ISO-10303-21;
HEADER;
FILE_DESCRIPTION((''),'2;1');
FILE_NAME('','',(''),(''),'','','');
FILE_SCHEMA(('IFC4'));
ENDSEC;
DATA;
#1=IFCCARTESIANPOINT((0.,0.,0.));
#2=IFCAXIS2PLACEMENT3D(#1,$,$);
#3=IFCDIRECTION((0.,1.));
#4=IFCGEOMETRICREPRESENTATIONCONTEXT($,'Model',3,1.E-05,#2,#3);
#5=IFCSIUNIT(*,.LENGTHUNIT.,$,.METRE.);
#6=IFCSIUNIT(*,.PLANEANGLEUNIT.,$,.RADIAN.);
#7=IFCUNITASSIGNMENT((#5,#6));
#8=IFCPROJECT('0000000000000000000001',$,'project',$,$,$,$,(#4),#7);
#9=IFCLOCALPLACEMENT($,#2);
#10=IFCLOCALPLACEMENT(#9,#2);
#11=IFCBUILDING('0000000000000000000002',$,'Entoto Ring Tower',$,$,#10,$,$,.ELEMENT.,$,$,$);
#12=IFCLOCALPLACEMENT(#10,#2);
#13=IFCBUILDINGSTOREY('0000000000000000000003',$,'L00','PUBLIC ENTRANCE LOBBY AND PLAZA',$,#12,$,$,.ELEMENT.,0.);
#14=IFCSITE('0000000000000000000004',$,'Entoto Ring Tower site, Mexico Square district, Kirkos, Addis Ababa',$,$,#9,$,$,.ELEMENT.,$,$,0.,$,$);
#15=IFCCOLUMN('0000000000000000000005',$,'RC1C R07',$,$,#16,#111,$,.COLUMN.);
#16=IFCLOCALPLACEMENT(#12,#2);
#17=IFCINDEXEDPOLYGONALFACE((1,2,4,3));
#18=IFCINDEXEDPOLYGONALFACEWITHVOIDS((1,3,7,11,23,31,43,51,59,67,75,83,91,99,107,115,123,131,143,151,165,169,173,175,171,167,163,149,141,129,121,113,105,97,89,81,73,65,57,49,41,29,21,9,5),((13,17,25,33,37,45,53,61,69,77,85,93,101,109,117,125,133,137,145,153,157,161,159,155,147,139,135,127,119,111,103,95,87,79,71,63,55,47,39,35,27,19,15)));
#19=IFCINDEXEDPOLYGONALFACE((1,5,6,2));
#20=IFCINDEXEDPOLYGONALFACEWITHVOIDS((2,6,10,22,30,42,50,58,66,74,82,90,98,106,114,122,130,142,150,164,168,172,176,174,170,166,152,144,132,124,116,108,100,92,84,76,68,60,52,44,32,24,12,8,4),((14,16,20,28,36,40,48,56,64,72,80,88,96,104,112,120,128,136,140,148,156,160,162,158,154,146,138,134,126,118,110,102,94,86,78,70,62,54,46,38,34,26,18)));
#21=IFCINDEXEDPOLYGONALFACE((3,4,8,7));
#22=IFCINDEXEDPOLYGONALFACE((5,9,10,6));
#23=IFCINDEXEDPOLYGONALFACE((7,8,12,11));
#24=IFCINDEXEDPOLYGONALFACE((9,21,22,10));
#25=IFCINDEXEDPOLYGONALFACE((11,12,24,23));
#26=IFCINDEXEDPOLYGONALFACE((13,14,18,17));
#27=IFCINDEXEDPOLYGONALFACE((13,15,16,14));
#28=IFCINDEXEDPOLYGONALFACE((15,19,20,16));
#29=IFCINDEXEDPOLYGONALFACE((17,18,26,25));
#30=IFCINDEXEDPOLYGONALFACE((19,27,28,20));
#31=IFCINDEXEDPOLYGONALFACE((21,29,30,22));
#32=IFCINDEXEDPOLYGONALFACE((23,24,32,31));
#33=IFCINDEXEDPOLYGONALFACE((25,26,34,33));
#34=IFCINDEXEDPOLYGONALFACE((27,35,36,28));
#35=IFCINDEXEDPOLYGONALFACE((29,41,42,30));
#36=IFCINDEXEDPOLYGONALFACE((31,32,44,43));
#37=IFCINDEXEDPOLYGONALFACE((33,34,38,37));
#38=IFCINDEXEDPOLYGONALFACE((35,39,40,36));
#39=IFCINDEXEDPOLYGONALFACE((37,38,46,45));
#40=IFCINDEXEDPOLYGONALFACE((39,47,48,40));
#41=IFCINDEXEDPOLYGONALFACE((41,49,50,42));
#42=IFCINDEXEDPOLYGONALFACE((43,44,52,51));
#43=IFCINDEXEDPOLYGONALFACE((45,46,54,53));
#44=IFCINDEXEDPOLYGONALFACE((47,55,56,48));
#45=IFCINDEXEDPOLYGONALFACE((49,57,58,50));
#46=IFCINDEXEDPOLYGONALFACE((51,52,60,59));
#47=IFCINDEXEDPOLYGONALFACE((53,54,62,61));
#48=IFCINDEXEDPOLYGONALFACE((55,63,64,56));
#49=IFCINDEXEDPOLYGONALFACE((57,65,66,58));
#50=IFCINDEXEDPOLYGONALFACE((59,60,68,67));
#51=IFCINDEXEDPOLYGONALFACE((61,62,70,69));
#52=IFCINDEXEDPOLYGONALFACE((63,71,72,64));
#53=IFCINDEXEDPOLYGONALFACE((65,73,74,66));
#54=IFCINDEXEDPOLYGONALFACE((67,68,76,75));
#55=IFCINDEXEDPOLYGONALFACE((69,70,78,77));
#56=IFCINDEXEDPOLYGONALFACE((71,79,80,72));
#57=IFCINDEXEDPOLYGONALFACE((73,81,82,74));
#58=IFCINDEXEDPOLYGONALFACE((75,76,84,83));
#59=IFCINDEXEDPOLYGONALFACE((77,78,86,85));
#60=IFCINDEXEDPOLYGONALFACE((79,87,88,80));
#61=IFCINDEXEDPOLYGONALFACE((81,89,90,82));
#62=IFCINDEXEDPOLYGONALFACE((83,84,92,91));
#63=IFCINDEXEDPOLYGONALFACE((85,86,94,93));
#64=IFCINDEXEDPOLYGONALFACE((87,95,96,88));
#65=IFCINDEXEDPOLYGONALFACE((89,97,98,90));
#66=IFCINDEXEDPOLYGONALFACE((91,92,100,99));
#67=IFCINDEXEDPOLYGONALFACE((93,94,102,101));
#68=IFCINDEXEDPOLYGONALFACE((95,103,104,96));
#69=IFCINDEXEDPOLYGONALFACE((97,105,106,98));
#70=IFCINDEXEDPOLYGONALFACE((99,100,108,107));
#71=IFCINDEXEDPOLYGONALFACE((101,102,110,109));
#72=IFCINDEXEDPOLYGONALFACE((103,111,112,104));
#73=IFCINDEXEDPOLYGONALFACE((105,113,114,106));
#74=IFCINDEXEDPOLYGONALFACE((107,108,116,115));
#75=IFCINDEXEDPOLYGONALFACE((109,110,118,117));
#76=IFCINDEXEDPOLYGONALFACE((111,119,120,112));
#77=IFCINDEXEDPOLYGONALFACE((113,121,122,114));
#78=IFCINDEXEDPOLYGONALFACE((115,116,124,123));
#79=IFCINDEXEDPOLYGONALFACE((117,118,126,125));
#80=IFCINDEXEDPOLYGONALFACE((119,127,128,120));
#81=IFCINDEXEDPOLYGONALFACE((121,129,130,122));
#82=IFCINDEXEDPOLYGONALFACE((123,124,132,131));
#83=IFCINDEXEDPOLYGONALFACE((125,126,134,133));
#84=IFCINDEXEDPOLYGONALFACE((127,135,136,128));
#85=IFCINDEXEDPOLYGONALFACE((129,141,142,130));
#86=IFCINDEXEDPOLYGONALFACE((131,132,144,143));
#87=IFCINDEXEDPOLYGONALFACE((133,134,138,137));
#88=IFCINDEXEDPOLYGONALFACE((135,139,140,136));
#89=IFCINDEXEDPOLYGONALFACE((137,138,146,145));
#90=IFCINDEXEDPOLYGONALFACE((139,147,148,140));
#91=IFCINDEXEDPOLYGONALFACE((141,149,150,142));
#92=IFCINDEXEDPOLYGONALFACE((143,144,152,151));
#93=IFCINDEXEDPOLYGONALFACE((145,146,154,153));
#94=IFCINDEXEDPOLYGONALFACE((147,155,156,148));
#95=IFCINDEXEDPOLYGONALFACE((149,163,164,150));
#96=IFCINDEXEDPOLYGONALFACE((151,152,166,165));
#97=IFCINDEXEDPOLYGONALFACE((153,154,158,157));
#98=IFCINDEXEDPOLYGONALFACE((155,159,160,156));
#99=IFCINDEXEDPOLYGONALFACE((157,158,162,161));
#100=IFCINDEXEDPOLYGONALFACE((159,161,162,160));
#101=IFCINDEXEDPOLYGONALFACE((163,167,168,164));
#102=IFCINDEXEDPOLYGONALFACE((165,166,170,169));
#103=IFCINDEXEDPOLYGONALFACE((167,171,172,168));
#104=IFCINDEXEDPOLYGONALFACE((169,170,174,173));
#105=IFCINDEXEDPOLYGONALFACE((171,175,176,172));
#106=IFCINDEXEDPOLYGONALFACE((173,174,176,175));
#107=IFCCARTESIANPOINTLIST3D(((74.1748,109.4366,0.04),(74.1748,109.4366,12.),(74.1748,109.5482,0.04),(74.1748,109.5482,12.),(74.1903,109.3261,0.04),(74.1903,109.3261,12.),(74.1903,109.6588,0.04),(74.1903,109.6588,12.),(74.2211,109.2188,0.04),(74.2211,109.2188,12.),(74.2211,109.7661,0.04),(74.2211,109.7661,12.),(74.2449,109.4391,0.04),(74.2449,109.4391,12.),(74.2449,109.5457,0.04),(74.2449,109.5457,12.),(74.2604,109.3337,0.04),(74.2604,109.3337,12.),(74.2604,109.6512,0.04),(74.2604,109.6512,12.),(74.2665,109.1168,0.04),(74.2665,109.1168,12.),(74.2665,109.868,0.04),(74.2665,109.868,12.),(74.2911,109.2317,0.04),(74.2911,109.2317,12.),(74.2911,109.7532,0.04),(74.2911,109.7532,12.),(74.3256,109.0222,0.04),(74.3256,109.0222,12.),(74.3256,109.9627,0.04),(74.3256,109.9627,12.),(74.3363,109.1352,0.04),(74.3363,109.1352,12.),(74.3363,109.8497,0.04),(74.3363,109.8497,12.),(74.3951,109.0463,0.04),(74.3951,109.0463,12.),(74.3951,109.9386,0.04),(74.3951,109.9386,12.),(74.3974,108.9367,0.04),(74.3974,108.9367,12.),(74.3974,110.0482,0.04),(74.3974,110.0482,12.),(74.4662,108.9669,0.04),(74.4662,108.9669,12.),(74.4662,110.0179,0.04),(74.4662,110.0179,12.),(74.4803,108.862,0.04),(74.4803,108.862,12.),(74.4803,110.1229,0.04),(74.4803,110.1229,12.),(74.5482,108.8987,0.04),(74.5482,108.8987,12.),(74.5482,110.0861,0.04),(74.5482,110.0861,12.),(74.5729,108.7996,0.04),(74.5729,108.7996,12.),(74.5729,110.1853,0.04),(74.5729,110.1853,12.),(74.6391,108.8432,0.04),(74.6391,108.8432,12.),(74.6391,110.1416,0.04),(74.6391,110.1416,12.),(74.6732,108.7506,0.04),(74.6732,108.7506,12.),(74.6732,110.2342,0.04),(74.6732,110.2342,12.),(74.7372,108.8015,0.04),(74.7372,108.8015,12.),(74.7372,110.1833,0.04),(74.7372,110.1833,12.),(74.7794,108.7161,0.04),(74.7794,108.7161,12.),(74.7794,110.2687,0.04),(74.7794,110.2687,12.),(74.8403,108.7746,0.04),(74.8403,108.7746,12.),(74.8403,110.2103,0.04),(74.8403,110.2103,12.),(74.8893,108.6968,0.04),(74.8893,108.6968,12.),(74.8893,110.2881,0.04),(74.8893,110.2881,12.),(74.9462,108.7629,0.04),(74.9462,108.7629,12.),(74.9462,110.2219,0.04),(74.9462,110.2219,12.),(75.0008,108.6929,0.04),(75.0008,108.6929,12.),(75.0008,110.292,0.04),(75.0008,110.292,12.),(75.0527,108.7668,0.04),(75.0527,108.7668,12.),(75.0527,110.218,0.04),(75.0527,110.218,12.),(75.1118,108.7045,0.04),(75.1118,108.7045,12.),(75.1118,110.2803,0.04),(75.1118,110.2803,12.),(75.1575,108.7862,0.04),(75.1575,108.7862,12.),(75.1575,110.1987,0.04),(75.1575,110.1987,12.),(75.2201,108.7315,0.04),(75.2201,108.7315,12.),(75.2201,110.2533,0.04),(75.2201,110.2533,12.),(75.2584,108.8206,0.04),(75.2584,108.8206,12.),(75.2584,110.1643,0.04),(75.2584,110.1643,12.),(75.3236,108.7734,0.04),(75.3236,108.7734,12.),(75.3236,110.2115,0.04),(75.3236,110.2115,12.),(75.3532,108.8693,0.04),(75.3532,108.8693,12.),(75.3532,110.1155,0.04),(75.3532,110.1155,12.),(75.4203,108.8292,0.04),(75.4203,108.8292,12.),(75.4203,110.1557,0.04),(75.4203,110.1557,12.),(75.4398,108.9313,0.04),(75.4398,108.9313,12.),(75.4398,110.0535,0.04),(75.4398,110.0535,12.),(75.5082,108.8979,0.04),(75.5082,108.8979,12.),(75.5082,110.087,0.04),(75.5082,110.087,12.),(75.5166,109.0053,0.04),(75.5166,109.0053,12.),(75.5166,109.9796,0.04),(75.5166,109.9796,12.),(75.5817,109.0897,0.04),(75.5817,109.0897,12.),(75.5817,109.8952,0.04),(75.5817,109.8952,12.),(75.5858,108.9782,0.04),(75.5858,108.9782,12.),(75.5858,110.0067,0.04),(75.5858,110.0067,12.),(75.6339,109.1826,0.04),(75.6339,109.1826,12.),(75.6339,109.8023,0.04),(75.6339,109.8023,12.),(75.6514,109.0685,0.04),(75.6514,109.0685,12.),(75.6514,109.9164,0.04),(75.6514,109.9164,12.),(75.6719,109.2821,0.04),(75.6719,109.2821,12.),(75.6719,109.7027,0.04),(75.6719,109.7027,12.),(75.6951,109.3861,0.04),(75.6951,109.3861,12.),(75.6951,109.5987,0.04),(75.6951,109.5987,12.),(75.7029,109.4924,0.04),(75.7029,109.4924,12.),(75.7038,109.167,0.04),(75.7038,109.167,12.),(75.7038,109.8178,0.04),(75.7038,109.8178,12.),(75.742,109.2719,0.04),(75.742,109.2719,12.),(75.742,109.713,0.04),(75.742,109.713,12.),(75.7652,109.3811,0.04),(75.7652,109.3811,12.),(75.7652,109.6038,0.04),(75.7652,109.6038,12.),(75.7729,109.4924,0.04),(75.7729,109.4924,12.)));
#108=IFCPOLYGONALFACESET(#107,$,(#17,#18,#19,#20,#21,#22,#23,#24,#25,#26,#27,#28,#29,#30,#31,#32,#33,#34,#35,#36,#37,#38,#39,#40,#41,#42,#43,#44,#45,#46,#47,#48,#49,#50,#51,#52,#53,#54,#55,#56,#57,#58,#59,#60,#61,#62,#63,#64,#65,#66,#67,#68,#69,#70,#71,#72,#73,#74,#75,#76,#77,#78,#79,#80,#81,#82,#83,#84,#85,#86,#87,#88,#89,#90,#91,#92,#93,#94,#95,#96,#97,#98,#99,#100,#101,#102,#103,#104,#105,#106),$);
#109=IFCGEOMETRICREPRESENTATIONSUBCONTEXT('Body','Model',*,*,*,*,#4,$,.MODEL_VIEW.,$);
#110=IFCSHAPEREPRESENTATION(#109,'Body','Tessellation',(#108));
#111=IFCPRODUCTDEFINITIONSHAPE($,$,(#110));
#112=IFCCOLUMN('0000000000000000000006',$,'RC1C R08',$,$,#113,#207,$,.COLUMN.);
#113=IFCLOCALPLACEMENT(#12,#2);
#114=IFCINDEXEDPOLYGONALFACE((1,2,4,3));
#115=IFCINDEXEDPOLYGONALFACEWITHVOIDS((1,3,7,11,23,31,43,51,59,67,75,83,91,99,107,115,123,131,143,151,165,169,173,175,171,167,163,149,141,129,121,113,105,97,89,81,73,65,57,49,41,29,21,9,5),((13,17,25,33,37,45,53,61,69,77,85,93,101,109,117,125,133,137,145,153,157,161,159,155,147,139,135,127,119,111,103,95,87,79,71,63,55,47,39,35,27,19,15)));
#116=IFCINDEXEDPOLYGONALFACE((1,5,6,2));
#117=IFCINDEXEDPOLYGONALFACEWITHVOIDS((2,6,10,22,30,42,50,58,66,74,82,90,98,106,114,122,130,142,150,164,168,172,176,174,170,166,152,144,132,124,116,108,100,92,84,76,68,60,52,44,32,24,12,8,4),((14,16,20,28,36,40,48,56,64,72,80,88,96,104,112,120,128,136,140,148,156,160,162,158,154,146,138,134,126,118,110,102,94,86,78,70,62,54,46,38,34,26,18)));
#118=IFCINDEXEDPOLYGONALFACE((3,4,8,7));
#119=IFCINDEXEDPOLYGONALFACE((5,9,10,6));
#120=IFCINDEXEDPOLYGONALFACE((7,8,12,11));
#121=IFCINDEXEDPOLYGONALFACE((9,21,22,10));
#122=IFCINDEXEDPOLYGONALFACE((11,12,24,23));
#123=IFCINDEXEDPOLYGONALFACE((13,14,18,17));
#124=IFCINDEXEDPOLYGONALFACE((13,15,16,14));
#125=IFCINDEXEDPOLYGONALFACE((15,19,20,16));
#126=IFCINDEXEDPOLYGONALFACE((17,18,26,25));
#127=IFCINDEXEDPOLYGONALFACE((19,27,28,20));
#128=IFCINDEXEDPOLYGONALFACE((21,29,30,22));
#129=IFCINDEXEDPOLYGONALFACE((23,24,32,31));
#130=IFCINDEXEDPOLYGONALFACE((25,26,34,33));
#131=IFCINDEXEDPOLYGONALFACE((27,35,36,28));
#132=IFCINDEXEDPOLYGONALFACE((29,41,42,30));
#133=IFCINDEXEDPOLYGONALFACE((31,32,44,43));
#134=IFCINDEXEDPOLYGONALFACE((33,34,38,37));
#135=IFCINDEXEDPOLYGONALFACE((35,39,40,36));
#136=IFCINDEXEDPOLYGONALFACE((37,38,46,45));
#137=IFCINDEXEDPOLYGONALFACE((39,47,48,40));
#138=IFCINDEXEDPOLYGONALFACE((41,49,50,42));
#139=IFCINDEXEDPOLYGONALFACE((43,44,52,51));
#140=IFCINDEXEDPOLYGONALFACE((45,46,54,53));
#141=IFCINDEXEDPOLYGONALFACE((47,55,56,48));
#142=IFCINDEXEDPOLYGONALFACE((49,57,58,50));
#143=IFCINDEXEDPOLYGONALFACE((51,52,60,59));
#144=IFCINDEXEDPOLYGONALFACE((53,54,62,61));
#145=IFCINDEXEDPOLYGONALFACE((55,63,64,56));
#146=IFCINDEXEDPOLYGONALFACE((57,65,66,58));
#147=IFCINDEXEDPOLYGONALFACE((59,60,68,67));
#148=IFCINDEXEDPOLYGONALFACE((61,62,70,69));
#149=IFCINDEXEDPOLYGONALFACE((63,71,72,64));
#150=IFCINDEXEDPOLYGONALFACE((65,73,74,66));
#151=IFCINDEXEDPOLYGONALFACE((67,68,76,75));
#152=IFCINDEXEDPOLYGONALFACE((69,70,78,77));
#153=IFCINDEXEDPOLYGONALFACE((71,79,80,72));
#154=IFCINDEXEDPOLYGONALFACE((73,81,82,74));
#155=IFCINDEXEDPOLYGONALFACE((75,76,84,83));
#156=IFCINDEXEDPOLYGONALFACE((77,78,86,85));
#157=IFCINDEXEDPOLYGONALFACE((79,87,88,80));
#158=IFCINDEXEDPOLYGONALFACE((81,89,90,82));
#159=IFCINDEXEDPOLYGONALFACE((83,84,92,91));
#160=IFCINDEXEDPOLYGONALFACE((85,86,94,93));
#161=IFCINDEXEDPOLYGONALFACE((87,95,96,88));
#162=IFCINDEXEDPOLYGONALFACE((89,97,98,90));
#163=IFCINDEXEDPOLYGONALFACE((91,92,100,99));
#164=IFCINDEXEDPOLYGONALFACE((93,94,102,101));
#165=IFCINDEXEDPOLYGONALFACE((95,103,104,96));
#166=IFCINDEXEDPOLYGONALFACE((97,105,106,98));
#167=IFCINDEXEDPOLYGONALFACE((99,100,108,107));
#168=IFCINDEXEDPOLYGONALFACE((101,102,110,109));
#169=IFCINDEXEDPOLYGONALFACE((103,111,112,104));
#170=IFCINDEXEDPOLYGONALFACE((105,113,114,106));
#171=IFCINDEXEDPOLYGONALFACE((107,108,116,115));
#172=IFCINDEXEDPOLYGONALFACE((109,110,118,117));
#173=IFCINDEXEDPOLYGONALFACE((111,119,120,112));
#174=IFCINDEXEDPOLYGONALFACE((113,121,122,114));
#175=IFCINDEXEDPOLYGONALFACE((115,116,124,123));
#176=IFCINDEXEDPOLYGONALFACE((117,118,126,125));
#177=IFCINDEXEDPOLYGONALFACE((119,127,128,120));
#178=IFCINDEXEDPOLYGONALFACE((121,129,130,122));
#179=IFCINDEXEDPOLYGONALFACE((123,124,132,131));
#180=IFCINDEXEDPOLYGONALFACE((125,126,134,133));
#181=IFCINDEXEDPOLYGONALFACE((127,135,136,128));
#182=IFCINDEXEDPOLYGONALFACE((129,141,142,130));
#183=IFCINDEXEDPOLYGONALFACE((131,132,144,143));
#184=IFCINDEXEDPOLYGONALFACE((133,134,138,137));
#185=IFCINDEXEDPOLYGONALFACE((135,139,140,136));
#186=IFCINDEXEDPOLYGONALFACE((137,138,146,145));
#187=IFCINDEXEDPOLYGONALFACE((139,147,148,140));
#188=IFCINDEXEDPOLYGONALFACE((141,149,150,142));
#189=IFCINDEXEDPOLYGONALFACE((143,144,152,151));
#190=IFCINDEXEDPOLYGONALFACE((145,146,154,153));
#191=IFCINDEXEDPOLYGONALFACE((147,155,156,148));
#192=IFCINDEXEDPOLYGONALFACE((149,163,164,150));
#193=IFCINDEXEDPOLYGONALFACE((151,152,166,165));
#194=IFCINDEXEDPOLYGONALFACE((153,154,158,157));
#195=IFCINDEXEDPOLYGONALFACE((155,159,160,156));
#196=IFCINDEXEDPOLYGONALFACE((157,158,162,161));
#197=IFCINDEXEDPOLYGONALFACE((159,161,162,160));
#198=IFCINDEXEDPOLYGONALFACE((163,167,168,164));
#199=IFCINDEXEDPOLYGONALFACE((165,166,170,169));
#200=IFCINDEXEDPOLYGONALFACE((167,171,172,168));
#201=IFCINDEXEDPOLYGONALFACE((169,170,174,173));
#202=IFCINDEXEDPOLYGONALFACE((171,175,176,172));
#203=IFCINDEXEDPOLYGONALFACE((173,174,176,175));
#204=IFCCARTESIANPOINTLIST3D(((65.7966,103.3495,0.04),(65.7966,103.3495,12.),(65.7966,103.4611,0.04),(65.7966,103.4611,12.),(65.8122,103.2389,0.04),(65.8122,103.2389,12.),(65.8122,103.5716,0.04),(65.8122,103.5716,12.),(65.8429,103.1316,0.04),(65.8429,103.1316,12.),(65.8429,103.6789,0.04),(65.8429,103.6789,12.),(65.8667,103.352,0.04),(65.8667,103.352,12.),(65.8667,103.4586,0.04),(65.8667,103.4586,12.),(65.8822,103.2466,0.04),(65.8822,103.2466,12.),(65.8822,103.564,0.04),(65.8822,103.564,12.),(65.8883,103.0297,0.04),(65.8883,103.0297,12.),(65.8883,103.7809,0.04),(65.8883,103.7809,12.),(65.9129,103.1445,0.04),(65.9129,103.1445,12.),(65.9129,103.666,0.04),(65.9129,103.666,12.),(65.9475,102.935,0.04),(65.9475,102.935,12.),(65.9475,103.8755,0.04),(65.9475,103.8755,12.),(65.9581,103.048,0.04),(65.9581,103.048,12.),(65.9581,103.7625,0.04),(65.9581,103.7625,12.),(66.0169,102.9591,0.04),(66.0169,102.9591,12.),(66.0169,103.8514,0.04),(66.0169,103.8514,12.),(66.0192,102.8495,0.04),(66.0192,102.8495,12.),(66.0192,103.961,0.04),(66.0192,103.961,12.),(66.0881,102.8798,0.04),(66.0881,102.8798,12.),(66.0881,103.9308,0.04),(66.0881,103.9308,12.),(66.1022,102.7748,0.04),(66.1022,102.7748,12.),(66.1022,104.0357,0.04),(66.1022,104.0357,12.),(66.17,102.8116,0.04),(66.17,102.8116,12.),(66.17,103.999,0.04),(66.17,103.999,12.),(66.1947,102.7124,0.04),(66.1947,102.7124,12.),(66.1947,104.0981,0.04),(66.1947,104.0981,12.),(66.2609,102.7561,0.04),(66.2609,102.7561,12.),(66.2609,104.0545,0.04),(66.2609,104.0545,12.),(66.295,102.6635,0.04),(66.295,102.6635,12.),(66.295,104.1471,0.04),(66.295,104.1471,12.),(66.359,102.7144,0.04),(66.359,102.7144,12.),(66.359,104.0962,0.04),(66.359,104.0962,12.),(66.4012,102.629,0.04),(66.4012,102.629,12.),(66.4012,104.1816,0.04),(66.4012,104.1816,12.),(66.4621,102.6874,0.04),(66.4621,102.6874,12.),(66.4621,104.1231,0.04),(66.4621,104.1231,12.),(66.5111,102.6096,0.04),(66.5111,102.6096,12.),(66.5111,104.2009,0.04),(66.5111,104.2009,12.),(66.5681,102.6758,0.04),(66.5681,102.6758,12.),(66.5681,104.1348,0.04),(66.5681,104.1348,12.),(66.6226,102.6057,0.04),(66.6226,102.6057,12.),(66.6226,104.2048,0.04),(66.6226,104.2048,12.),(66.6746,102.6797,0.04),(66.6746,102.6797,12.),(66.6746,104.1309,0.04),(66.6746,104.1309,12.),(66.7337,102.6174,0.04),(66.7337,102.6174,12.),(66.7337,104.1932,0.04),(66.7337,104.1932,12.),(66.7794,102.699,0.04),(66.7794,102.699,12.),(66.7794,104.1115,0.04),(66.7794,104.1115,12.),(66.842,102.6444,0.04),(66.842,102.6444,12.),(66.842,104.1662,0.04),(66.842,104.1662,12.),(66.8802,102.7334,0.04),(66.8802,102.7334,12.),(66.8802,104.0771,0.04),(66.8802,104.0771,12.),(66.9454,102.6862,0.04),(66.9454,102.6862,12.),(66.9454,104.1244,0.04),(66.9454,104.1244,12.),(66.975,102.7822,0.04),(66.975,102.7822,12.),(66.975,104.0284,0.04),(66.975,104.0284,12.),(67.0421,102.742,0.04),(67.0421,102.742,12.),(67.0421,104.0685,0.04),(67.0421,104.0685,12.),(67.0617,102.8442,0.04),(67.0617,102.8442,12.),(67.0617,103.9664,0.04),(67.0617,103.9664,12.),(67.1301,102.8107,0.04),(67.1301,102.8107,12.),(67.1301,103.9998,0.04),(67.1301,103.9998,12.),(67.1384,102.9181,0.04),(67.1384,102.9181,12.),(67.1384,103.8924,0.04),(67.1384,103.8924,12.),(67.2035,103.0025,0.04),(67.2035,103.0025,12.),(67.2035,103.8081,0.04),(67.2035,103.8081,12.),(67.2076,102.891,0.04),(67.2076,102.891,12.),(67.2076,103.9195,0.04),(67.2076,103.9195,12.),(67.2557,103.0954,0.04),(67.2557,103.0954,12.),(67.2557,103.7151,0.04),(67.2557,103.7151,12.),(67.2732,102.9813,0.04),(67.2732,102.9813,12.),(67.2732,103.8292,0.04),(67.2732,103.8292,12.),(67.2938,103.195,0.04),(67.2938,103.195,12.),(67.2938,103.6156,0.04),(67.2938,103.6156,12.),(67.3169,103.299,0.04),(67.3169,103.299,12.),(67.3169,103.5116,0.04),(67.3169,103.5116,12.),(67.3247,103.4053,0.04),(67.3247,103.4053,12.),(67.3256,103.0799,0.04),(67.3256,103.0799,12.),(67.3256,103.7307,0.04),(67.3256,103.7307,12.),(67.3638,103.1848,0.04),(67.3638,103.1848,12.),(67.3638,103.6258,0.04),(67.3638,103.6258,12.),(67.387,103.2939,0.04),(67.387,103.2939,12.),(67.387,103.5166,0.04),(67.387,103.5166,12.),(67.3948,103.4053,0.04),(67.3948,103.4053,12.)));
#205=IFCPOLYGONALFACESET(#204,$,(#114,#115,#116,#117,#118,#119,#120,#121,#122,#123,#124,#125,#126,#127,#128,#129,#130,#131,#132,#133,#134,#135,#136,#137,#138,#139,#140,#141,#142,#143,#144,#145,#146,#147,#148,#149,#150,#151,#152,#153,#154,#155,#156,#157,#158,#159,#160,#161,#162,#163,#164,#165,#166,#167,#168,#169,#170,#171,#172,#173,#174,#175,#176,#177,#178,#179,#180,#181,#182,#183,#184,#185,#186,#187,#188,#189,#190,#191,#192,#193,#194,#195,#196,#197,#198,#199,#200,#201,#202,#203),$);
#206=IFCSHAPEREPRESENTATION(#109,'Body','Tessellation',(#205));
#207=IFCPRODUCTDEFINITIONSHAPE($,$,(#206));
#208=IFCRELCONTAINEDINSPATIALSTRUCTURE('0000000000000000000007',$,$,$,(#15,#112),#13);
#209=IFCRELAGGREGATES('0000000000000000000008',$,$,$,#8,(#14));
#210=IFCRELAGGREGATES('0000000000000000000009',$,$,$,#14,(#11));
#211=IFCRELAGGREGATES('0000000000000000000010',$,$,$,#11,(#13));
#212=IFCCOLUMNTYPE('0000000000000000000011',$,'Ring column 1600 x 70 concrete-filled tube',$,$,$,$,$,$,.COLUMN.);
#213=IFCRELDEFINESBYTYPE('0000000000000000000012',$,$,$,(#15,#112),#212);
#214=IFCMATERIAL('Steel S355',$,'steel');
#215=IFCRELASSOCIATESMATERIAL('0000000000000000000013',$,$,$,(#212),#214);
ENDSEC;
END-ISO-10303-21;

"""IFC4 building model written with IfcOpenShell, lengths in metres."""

from ifc_helpers import new_model, si_unit, direction, frame, origin, origin_2d, place, context, subcontext, project, spatial, circle, hollow_circle, extrude, material, material_profile, profile_set, type_object, element, save


model = new_model("IFC4")

# Units and contexts
model_context = context("Model", 3, precision=1e-05, world=origin(), true_north=direction((0.0, 1.0)))
body_context = subcontext(model_context, "Body", "Model", "MODEL_VIEW")
ifc_project = project(units=[si_unit("LENGTHUNIT", "METRE"), si_unit("PLANEANGLEUNIT", "RADIAN")], contexts=[model_context])

# Site, building, storey
site_placement = place(None, origin())
site = spatial("IfcSite", under=ifc_project, at=site_placement, Name="Entoto Ring Tower site, Mexico Square district, Kirkos, Addis Ababa", CompositionType="ELEMENT", RefElevation=0.0)
building_placement = place(site_placement, origin())
building = spatial("IfcBuilding", under=site, at=building_placement, Name="Entoto Ring Tower", CompositionType="ELEMENT")
storey_placement = place(building_placement, origin())
storey = spatial("IfcBuildingStorey", under=building, at=storey_placement, Name="L00", Description="PUBLIC ENTRANCE LOBBY AND PLAZA", CompositionType="ELEMENT", Elevation=0.0)

# Columns
ifc_material_1 = material(Name="Steel S355", Category="steel")
ifc_material_profile_1 = material_profile(ifc_material_1, hollow_circle(Radius=0.8, WallThickness=0.0701, at=origin_2d()), Name="CHS 1600 x 70")
ifc_material_2 = material(Name="Concrete C60/75", Category="concrete")
ifc_material_profile_2 = material_profile(ifc_material_2, circle(Radius=0.73, at=origin_2d()), Name="Concrete C60/75 infill")
ifc_profile_set_1 = profile_set([ifc_material_profile_1, ifc_material_profile_2], Name="Steel S355")
column_type_1 = type_object("IfcColumnType", Name="Ring column 1600 x 70 concrete-filled tube", PredefinedType="COLUMN", material=ifc_profile_set_1)
for number, where, z_axis, x_axis, name in (
    (1, (74.9729, 109.4924, 0.04), (0.0, 0.0, 1.0), (1.0, 0.0, 0.0), "RC1C R07"),
    (2, (66.5947, 103.4053, 0.04), (0.0, 0.0, 1.0), (1.0, 0.0, 0.0), "RC1C R08"),
):
    element("IfcColumn", number, at=place(storey_placement, frame(where, z_axis=z_axis, x_axis=x_axis)), inside=storey, type_object=column_type_1, Name=name, PredefinedType="COLUMN", context=body_context, shape_type="SweptSolid", body=[
        extrude(hollow_circle(Radius=0.8, WallThickness=0.0701, at=origin_2d()), origin(), (0.0, 0.0, 1.0), 11.96),
    ])

save(model, "model.ifc")
